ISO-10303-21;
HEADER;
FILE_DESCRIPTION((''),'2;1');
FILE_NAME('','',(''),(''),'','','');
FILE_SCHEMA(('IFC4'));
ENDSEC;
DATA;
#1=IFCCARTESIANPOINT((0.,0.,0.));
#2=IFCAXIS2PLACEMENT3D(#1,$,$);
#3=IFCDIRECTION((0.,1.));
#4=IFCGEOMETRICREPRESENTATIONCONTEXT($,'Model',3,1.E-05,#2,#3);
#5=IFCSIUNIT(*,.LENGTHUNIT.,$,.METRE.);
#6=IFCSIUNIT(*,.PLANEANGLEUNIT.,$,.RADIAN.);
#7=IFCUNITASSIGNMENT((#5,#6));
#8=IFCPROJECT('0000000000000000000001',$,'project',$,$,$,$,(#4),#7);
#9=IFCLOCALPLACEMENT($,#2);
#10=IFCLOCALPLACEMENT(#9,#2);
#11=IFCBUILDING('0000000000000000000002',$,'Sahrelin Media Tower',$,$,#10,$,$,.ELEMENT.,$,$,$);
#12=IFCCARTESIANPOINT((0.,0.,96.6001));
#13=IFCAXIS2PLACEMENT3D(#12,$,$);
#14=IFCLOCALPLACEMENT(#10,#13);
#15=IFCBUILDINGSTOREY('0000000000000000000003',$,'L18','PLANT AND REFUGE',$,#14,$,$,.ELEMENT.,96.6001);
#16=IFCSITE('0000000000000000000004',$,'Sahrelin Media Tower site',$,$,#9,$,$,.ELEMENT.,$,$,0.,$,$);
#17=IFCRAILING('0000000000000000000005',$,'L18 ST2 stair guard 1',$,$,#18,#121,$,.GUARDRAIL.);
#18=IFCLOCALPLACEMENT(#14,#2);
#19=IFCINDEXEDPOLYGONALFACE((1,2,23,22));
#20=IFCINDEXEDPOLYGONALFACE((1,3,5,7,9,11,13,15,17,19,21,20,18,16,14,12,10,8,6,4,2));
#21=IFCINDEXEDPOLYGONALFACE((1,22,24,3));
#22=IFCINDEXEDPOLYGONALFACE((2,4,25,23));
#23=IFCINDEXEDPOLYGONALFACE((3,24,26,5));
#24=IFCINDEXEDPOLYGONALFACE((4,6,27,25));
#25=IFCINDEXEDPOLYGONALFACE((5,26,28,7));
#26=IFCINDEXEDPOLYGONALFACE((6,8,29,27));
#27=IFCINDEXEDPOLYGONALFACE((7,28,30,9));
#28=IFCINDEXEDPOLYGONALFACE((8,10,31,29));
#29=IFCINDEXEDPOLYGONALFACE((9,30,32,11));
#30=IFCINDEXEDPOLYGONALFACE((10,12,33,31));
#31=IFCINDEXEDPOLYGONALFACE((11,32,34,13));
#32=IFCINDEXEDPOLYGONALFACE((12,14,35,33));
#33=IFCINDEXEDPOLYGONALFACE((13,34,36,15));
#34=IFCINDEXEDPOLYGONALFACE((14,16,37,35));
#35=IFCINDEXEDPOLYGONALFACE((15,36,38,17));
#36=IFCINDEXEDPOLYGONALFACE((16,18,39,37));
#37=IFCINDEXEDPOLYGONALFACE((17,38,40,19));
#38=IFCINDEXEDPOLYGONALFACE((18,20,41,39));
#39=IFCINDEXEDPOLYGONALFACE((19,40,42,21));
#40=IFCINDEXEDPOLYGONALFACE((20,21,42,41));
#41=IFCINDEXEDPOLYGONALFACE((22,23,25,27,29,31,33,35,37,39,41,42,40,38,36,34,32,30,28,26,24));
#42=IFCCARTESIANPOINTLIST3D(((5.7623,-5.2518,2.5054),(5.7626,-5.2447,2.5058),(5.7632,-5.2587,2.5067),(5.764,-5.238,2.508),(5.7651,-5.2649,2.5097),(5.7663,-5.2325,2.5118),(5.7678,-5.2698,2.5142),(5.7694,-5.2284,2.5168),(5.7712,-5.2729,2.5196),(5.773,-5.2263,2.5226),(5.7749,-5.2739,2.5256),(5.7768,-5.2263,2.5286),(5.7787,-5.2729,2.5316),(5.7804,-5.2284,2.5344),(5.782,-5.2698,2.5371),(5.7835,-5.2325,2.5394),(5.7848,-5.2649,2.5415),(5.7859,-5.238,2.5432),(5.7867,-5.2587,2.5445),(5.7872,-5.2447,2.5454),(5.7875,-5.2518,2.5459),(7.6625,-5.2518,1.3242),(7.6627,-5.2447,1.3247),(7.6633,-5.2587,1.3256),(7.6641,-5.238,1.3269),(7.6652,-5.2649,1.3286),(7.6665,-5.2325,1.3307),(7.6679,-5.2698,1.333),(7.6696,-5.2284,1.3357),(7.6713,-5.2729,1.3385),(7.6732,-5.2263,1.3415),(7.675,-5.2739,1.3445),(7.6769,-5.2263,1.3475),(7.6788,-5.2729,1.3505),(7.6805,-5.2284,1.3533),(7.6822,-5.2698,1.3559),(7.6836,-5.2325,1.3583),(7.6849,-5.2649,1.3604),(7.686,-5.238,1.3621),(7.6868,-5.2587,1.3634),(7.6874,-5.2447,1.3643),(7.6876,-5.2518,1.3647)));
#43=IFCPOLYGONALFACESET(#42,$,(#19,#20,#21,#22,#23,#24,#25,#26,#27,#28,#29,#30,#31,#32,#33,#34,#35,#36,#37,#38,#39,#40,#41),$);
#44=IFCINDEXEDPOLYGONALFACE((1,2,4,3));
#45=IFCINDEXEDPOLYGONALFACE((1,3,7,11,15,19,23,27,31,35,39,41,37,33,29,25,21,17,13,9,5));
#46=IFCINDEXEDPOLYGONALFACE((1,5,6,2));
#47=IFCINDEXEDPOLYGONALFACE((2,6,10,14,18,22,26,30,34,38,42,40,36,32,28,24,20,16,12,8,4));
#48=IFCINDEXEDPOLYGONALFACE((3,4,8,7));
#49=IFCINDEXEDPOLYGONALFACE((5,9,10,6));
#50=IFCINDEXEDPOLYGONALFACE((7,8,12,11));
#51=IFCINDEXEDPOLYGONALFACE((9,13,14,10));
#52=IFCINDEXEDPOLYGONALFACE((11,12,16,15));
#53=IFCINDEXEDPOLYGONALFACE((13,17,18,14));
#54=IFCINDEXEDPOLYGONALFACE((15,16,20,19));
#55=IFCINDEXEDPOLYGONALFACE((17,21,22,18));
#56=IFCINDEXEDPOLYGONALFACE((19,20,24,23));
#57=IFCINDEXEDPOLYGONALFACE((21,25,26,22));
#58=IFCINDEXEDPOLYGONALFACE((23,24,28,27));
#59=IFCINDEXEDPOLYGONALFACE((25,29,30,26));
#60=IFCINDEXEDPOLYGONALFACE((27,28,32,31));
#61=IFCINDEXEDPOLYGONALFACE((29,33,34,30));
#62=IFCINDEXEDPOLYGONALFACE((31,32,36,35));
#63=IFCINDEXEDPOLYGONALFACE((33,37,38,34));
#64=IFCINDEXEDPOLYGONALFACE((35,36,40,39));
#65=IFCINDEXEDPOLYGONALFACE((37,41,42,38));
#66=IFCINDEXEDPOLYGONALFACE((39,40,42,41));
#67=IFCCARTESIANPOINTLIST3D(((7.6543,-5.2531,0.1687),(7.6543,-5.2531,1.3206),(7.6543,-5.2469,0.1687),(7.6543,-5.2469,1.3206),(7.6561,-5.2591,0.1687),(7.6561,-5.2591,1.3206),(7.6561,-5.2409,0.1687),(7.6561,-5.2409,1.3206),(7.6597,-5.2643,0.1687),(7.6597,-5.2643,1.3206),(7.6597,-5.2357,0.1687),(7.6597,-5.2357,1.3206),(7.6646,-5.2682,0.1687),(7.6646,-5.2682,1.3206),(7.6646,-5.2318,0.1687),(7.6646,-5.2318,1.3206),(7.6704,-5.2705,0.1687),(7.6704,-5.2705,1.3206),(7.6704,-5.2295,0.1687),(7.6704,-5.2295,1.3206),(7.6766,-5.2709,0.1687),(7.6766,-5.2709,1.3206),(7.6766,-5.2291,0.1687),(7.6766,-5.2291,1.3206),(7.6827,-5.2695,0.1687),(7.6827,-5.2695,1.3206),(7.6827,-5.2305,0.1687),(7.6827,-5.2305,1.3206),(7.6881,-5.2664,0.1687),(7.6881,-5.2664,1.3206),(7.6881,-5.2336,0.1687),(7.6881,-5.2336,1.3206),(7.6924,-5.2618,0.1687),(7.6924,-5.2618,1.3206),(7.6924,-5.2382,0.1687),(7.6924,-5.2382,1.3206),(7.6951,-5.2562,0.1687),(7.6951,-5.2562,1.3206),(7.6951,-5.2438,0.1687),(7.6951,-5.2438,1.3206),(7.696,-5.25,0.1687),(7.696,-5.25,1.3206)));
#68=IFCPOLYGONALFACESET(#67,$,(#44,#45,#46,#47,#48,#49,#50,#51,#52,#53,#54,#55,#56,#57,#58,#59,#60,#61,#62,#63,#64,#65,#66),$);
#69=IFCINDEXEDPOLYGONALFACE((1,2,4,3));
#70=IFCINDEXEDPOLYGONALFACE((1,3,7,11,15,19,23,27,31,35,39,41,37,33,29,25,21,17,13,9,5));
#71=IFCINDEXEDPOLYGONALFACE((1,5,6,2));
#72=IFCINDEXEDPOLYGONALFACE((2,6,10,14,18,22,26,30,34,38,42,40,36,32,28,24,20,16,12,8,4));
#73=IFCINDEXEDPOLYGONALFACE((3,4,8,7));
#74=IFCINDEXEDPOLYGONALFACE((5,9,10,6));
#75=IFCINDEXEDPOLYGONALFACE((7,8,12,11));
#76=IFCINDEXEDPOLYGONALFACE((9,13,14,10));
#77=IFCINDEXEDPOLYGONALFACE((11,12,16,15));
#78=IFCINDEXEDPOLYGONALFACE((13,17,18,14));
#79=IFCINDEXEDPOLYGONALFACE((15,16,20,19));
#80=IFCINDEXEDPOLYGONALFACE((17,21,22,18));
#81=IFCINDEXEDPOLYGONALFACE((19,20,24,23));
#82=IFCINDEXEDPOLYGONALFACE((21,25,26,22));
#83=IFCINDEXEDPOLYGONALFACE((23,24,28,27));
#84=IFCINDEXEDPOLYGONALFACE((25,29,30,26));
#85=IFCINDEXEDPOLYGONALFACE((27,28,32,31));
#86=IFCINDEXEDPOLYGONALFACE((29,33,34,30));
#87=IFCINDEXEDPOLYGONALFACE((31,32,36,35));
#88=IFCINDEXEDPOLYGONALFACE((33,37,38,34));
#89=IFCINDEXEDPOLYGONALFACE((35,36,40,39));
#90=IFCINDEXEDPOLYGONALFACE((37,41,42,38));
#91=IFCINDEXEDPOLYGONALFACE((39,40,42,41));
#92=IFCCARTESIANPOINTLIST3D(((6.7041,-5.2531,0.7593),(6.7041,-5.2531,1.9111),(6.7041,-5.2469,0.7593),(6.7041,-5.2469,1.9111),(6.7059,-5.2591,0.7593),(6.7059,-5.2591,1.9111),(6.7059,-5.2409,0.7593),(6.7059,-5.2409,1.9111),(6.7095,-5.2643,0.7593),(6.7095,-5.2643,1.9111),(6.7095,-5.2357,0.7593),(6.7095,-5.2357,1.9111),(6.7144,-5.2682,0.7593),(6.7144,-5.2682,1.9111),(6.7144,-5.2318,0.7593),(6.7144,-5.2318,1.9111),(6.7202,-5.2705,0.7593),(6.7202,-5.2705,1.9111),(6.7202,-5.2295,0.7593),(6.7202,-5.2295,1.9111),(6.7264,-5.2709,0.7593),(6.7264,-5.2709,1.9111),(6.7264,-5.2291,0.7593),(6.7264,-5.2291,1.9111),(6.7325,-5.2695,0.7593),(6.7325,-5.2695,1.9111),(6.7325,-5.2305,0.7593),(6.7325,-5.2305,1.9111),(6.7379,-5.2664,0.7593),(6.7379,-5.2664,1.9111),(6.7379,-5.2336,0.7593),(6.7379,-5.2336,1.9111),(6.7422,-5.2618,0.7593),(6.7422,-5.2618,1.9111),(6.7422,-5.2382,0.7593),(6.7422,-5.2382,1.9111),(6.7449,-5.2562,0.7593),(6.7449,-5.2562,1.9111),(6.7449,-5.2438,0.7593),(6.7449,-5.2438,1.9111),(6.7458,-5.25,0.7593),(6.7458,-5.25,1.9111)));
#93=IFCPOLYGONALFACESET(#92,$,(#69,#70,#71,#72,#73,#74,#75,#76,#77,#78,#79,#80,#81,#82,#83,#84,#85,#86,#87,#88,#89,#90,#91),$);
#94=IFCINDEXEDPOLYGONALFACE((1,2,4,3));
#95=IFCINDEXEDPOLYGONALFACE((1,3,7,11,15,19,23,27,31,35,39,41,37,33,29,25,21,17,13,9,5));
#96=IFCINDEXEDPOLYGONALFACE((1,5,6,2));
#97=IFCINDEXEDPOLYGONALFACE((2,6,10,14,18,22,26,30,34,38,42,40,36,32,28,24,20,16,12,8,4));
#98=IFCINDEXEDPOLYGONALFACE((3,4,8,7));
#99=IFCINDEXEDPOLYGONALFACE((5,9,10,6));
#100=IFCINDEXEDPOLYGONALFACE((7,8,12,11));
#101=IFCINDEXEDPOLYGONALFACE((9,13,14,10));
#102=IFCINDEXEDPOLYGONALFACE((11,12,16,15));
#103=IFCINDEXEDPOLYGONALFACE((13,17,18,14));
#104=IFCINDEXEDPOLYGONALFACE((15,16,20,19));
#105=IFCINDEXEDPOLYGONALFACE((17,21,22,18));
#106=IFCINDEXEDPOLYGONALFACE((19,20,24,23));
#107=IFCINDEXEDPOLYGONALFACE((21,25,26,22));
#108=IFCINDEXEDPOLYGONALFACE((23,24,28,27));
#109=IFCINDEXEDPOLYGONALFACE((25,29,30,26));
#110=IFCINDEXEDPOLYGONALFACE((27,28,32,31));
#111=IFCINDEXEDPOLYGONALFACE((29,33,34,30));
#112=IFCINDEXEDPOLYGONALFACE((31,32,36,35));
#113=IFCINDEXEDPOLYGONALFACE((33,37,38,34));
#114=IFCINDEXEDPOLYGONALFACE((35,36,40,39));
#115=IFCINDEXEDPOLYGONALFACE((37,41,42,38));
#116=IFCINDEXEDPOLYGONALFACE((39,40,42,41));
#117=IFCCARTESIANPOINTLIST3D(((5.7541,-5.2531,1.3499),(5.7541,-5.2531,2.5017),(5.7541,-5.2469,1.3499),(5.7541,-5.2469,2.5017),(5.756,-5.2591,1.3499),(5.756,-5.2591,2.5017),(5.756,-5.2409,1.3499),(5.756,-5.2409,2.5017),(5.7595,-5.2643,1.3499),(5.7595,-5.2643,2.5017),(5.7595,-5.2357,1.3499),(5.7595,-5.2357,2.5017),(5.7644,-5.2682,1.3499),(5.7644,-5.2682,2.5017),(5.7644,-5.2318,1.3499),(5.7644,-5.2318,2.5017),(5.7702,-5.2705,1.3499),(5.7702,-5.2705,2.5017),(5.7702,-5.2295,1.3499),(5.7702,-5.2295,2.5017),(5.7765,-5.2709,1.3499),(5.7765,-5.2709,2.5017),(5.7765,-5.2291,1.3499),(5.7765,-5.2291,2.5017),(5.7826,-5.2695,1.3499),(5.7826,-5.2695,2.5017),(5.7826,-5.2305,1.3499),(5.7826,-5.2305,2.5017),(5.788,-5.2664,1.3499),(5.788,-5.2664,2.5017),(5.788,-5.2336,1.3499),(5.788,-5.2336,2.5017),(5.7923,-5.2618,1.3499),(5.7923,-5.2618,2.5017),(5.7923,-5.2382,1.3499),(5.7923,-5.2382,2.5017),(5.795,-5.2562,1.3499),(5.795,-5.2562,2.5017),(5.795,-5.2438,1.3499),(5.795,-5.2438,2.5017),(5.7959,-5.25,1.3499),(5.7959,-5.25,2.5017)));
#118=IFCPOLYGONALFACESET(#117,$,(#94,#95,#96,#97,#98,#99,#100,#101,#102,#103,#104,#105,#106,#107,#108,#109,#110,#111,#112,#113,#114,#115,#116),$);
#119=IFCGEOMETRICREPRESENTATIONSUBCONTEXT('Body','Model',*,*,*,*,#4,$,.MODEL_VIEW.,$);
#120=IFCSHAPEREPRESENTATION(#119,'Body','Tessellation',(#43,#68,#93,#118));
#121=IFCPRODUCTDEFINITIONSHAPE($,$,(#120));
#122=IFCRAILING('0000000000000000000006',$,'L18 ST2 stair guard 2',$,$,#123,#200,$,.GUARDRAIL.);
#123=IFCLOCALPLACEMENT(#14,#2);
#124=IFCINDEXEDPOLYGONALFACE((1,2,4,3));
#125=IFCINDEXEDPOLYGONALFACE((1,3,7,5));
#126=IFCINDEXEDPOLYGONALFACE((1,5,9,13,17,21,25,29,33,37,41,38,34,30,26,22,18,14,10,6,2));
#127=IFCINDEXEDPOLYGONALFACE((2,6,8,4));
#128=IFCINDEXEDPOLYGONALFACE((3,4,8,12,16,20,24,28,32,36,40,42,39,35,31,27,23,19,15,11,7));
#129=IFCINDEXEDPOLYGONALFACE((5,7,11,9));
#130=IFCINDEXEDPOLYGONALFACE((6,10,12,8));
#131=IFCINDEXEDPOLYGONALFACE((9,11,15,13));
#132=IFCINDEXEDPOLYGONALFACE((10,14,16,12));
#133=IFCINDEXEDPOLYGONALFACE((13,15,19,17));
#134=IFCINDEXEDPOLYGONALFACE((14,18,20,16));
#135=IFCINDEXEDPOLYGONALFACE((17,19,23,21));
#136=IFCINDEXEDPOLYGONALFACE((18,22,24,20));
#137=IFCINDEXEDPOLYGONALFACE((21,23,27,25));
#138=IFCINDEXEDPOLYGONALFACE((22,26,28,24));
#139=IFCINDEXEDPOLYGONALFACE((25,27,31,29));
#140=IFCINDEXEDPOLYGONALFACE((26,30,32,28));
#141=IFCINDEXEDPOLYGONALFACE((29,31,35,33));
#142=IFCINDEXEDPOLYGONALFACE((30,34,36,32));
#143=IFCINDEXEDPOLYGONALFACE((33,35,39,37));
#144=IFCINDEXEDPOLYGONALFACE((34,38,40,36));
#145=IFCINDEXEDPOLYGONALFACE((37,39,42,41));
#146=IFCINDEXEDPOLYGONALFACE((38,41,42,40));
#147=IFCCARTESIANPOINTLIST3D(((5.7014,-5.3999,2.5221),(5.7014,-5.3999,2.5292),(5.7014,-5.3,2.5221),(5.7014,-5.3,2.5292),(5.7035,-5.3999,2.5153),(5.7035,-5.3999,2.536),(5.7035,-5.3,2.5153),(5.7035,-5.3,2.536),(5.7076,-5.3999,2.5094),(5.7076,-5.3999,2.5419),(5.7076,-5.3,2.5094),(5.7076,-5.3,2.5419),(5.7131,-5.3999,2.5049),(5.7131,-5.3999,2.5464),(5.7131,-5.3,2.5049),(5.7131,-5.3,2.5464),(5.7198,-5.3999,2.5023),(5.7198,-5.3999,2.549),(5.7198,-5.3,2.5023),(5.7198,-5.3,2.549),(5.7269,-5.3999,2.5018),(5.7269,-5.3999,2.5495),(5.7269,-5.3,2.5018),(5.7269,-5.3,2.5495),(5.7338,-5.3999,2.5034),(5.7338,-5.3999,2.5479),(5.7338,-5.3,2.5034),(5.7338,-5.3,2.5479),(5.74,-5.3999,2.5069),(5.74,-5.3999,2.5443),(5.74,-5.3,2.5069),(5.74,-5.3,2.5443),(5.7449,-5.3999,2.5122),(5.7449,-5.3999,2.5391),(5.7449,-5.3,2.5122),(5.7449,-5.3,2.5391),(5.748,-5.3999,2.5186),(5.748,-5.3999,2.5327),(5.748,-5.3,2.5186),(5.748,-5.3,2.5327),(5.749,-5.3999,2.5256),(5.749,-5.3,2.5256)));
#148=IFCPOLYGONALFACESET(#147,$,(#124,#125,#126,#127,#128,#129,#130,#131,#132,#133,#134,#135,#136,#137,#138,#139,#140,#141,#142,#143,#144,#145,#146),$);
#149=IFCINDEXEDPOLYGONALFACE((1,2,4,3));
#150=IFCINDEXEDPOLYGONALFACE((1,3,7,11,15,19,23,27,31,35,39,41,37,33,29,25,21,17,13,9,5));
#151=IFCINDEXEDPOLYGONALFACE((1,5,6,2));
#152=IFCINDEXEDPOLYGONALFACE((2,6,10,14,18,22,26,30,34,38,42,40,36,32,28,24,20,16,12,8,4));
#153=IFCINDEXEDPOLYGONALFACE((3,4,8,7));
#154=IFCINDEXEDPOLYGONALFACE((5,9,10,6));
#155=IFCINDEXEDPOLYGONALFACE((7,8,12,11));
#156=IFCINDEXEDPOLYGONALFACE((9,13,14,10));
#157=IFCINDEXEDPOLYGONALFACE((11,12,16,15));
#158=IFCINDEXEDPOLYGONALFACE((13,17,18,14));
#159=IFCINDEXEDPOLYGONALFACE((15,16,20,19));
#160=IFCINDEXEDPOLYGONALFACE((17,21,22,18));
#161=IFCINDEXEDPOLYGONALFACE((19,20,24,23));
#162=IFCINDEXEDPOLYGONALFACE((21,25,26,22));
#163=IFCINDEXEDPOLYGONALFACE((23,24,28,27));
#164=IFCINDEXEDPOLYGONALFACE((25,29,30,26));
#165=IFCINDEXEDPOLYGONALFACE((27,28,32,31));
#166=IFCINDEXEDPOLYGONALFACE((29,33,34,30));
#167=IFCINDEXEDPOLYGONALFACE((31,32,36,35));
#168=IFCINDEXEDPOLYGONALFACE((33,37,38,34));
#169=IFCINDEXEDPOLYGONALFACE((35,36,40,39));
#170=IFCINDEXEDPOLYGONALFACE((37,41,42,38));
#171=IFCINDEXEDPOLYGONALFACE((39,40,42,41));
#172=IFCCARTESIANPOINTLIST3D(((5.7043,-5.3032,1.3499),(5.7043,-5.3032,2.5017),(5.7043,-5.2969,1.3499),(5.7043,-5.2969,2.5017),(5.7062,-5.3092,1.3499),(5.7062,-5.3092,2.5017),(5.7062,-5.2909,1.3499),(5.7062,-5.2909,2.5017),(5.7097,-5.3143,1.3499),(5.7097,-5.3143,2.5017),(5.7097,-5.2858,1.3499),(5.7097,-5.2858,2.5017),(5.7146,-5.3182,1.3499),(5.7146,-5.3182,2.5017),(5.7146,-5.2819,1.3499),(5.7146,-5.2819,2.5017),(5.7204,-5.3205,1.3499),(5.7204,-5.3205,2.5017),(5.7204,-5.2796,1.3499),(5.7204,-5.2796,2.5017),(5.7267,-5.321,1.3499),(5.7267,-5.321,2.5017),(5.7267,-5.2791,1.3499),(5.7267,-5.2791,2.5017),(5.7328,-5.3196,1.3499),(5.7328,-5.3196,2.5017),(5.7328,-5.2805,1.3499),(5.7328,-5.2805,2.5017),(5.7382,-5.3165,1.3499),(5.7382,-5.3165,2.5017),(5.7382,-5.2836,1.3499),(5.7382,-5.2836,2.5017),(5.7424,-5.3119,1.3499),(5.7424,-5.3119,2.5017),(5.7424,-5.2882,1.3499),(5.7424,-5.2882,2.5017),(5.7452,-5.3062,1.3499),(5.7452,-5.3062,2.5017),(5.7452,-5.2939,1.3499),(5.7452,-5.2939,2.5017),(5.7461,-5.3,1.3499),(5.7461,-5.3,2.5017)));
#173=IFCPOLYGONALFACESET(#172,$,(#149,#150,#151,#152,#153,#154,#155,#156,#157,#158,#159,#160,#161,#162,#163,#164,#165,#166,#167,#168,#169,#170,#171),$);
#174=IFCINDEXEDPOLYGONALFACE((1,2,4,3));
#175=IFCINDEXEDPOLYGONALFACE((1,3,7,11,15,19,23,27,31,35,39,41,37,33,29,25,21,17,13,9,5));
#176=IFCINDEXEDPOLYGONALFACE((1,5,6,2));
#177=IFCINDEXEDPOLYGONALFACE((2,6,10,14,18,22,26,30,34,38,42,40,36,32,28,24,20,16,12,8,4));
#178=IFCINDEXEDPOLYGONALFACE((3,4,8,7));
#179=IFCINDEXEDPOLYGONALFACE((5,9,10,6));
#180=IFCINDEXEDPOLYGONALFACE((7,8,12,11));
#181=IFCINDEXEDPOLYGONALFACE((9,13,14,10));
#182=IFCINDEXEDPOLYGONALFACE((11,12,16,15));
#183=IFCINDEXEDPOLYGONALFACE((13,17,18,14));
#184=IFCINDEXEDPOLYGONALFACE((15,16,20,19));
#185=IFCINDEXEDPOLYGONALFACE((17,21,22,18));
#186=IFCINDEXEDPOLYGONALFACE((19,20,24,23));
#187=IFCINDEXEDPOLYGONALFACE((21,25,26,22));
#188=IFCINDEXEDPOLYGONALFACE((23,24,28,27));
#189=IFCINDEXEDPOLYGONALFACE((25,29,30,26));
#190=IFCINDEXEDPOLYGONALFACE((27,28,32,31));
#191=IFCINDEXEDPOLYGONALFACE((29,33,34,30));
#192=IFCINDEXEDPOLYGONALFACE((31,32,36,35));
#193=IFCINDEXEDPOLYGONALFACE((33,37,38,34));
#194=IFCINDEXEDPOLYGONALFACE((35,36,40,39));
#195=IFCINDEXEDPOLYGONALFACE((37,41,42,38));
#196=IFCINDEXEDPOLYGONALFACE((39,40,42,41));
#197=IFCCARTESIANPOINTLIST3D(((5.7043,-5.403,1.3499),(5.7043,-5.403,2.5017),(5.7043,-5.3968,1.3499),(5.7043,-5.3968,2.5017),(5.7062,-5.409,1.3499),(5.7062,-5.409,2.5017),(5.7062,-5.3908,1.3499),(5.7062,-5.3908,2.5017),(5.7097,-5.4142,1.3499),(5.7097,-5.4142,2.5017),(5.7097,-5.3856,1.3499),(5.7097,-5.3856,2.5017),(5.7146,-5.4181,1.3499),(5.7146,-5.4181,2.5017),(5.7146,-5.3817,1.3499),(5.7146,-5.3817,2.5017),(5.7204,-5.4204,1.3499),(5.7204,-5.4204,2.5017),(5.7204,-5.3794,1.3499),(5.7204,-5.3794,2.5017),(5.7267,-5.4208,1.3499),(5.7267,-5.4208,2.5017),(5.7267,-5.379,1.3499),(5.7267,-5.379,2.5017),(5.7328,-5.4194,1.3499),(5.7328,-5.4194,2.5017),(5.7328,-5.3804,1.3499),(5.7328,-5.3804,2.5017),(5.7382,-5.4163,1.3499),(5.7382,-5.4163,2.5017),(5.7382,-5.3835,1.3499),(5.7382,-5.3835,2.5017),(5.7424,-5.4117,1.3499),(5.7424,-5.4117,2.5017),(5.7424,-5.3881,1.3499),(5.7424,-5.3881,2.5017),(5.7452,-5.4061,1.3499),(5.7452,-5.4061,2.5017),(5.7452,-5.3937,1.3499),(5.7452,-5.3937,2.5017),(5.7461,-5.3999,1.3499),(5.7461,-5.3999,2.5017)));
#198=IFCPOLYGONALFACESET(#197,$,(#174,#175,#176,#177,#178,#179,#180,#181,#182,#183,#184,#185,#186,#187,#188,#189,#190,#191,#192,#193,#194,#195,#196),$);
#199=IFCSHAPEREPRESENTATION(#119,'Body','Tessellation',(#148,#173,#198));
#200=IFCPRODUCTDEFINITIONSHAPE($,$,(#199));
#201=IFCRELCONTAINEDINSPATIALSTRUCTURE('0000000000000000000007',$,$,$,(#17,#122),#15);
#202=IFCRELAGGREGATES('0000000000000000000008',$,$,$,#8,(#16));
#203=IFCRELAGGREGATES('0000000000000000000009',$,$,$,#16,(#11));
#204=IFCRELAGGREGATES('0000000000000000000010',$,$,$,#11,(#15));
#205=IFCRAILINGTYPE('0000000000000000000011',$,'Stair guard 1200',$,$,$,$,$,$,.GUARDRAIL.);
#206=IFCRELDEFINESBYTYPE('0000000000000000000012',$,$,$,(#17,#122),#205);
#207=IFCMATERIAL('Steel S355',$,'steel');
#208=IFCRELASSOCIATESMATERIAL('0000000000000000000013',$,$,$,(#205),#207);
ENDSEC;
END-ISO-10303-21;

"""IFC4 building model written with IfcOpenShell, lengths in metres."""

from ifc_helpers import new_model, si_unit, direction, frame, origin, origin_2d, place, context, subcontext, project, spatial, circle, extrude, material, type_object, element, save


model = new_model("IFC4")

# Units and contexts
model_context = context("Model", 3, precision=1e-05, world=origin(), true_north=direction((0.0, 1.0)))
body_context = subcontext(model_context, "Body", "Model", "MODEL_VIEW")
ifc_project = project(units=[si_unit("LENGTHUNIT", "METRE"), si_unit("PLANEANGLEUNIT", "RADIAN")], contexts=[model_context])

# Site, building, storey
site_placement = place(None, origin())
site = spatial("IfcSite", under=ifc_project, at=site_placement, Name="Sahrelin Media Tower site", CompositionType="ELEMENT", RefElevation=0.0)
building_placement = place(site_placement, origin())
building = spatial("IfcBuilding", under=site, at=building_placement, Name="Sahrelin Media Tower", CompositionType="ELEMENT")
storey_placement = place(building_placement, frame((0.0, 0.0, 96.6001)))
storey = spatial("IfcBuildingStorey", under=building, at=storey_placement, Name="L18", Description="PLANT AND REFUGE", CompositionType="ELEMENT", Elevation=96.6001)

# Shared definitions
ifc_material_1 = material(Name="Steel S355", Category="steel")

# Railings
railing_type_1 = type_object("IfcRailingType", Name="Stair guard 1200", PredefinedType="GUARDRAIL", material=ifc_material_1)
railing_1_placement = place(storey_placement, frame((7.675, -5.25, 0.1687)))
element("IfcRailing", 1, at=railing_1_placement, inside=storey, type_object=railing_type_1, Name="L18 ST2 stair guard 1", PredefinedType="GUARDRAIL", context=body_context, shape_type="SweptSolid", body=[
    extrude(circle(Radius=0.0239, at=origin_2d()), frame((0.0, 0.0, 1.1758), z_axis=(-0.849289, 0.0, 0.527928), x_axis=(0.0, -1.0, 0.0)), (0.0, 0.0, 1.0), 2.2373),
    extrude(circle(Radius=0.021, at=origin_2d()), origin(), (0.0, 0.0, 1.0), 1.1519),
    extrude(circle(Radius=0.021, at=origin_2d()), frame((-0.9502, 0.0, 0.5906)), (0.0, 0.0, 1.0), 1.1519),
    extrude(circle(Radius=0.021, at=origin_2d()), frame((-1.9001, 0.0, 1.1812)), (0.0, 0.0, 1.0), 1.1519),
])
railing_2_placement = place(storey_placement, frame((5.7251, -5.3, 1.3499)))
element("IfcRailing", 2, at=railing_2_placement, inside=storey, type_object=railing_type_1, Name="L18 ST2 stair guard 2", PredefinedType="GUARDRAIL", context=body_context, shape_type="SweptSolid", body=[
    extrude(circle(Radius=0.0239, at=origin_2d()), frame((0.0, 0.0, 1.1758), z_axis=(0.0, -1.0, 0.0), x_axis=(1.0, 0.0, 0.0)), (0.0, 0.0, 1.0), 0.0999),
    extrude(circle(Radius=0.021, at=origin_2d()), origin(), (0.0, 0.0, 1.0), 1.1519),
    extrude(circle(Radius=0.021, at=origin_2d()), frame((0.0, -0.0999, 0.0)), (0.0, 0.0, 1.0), 1.1519),
])

save(model, "model.ifc")
